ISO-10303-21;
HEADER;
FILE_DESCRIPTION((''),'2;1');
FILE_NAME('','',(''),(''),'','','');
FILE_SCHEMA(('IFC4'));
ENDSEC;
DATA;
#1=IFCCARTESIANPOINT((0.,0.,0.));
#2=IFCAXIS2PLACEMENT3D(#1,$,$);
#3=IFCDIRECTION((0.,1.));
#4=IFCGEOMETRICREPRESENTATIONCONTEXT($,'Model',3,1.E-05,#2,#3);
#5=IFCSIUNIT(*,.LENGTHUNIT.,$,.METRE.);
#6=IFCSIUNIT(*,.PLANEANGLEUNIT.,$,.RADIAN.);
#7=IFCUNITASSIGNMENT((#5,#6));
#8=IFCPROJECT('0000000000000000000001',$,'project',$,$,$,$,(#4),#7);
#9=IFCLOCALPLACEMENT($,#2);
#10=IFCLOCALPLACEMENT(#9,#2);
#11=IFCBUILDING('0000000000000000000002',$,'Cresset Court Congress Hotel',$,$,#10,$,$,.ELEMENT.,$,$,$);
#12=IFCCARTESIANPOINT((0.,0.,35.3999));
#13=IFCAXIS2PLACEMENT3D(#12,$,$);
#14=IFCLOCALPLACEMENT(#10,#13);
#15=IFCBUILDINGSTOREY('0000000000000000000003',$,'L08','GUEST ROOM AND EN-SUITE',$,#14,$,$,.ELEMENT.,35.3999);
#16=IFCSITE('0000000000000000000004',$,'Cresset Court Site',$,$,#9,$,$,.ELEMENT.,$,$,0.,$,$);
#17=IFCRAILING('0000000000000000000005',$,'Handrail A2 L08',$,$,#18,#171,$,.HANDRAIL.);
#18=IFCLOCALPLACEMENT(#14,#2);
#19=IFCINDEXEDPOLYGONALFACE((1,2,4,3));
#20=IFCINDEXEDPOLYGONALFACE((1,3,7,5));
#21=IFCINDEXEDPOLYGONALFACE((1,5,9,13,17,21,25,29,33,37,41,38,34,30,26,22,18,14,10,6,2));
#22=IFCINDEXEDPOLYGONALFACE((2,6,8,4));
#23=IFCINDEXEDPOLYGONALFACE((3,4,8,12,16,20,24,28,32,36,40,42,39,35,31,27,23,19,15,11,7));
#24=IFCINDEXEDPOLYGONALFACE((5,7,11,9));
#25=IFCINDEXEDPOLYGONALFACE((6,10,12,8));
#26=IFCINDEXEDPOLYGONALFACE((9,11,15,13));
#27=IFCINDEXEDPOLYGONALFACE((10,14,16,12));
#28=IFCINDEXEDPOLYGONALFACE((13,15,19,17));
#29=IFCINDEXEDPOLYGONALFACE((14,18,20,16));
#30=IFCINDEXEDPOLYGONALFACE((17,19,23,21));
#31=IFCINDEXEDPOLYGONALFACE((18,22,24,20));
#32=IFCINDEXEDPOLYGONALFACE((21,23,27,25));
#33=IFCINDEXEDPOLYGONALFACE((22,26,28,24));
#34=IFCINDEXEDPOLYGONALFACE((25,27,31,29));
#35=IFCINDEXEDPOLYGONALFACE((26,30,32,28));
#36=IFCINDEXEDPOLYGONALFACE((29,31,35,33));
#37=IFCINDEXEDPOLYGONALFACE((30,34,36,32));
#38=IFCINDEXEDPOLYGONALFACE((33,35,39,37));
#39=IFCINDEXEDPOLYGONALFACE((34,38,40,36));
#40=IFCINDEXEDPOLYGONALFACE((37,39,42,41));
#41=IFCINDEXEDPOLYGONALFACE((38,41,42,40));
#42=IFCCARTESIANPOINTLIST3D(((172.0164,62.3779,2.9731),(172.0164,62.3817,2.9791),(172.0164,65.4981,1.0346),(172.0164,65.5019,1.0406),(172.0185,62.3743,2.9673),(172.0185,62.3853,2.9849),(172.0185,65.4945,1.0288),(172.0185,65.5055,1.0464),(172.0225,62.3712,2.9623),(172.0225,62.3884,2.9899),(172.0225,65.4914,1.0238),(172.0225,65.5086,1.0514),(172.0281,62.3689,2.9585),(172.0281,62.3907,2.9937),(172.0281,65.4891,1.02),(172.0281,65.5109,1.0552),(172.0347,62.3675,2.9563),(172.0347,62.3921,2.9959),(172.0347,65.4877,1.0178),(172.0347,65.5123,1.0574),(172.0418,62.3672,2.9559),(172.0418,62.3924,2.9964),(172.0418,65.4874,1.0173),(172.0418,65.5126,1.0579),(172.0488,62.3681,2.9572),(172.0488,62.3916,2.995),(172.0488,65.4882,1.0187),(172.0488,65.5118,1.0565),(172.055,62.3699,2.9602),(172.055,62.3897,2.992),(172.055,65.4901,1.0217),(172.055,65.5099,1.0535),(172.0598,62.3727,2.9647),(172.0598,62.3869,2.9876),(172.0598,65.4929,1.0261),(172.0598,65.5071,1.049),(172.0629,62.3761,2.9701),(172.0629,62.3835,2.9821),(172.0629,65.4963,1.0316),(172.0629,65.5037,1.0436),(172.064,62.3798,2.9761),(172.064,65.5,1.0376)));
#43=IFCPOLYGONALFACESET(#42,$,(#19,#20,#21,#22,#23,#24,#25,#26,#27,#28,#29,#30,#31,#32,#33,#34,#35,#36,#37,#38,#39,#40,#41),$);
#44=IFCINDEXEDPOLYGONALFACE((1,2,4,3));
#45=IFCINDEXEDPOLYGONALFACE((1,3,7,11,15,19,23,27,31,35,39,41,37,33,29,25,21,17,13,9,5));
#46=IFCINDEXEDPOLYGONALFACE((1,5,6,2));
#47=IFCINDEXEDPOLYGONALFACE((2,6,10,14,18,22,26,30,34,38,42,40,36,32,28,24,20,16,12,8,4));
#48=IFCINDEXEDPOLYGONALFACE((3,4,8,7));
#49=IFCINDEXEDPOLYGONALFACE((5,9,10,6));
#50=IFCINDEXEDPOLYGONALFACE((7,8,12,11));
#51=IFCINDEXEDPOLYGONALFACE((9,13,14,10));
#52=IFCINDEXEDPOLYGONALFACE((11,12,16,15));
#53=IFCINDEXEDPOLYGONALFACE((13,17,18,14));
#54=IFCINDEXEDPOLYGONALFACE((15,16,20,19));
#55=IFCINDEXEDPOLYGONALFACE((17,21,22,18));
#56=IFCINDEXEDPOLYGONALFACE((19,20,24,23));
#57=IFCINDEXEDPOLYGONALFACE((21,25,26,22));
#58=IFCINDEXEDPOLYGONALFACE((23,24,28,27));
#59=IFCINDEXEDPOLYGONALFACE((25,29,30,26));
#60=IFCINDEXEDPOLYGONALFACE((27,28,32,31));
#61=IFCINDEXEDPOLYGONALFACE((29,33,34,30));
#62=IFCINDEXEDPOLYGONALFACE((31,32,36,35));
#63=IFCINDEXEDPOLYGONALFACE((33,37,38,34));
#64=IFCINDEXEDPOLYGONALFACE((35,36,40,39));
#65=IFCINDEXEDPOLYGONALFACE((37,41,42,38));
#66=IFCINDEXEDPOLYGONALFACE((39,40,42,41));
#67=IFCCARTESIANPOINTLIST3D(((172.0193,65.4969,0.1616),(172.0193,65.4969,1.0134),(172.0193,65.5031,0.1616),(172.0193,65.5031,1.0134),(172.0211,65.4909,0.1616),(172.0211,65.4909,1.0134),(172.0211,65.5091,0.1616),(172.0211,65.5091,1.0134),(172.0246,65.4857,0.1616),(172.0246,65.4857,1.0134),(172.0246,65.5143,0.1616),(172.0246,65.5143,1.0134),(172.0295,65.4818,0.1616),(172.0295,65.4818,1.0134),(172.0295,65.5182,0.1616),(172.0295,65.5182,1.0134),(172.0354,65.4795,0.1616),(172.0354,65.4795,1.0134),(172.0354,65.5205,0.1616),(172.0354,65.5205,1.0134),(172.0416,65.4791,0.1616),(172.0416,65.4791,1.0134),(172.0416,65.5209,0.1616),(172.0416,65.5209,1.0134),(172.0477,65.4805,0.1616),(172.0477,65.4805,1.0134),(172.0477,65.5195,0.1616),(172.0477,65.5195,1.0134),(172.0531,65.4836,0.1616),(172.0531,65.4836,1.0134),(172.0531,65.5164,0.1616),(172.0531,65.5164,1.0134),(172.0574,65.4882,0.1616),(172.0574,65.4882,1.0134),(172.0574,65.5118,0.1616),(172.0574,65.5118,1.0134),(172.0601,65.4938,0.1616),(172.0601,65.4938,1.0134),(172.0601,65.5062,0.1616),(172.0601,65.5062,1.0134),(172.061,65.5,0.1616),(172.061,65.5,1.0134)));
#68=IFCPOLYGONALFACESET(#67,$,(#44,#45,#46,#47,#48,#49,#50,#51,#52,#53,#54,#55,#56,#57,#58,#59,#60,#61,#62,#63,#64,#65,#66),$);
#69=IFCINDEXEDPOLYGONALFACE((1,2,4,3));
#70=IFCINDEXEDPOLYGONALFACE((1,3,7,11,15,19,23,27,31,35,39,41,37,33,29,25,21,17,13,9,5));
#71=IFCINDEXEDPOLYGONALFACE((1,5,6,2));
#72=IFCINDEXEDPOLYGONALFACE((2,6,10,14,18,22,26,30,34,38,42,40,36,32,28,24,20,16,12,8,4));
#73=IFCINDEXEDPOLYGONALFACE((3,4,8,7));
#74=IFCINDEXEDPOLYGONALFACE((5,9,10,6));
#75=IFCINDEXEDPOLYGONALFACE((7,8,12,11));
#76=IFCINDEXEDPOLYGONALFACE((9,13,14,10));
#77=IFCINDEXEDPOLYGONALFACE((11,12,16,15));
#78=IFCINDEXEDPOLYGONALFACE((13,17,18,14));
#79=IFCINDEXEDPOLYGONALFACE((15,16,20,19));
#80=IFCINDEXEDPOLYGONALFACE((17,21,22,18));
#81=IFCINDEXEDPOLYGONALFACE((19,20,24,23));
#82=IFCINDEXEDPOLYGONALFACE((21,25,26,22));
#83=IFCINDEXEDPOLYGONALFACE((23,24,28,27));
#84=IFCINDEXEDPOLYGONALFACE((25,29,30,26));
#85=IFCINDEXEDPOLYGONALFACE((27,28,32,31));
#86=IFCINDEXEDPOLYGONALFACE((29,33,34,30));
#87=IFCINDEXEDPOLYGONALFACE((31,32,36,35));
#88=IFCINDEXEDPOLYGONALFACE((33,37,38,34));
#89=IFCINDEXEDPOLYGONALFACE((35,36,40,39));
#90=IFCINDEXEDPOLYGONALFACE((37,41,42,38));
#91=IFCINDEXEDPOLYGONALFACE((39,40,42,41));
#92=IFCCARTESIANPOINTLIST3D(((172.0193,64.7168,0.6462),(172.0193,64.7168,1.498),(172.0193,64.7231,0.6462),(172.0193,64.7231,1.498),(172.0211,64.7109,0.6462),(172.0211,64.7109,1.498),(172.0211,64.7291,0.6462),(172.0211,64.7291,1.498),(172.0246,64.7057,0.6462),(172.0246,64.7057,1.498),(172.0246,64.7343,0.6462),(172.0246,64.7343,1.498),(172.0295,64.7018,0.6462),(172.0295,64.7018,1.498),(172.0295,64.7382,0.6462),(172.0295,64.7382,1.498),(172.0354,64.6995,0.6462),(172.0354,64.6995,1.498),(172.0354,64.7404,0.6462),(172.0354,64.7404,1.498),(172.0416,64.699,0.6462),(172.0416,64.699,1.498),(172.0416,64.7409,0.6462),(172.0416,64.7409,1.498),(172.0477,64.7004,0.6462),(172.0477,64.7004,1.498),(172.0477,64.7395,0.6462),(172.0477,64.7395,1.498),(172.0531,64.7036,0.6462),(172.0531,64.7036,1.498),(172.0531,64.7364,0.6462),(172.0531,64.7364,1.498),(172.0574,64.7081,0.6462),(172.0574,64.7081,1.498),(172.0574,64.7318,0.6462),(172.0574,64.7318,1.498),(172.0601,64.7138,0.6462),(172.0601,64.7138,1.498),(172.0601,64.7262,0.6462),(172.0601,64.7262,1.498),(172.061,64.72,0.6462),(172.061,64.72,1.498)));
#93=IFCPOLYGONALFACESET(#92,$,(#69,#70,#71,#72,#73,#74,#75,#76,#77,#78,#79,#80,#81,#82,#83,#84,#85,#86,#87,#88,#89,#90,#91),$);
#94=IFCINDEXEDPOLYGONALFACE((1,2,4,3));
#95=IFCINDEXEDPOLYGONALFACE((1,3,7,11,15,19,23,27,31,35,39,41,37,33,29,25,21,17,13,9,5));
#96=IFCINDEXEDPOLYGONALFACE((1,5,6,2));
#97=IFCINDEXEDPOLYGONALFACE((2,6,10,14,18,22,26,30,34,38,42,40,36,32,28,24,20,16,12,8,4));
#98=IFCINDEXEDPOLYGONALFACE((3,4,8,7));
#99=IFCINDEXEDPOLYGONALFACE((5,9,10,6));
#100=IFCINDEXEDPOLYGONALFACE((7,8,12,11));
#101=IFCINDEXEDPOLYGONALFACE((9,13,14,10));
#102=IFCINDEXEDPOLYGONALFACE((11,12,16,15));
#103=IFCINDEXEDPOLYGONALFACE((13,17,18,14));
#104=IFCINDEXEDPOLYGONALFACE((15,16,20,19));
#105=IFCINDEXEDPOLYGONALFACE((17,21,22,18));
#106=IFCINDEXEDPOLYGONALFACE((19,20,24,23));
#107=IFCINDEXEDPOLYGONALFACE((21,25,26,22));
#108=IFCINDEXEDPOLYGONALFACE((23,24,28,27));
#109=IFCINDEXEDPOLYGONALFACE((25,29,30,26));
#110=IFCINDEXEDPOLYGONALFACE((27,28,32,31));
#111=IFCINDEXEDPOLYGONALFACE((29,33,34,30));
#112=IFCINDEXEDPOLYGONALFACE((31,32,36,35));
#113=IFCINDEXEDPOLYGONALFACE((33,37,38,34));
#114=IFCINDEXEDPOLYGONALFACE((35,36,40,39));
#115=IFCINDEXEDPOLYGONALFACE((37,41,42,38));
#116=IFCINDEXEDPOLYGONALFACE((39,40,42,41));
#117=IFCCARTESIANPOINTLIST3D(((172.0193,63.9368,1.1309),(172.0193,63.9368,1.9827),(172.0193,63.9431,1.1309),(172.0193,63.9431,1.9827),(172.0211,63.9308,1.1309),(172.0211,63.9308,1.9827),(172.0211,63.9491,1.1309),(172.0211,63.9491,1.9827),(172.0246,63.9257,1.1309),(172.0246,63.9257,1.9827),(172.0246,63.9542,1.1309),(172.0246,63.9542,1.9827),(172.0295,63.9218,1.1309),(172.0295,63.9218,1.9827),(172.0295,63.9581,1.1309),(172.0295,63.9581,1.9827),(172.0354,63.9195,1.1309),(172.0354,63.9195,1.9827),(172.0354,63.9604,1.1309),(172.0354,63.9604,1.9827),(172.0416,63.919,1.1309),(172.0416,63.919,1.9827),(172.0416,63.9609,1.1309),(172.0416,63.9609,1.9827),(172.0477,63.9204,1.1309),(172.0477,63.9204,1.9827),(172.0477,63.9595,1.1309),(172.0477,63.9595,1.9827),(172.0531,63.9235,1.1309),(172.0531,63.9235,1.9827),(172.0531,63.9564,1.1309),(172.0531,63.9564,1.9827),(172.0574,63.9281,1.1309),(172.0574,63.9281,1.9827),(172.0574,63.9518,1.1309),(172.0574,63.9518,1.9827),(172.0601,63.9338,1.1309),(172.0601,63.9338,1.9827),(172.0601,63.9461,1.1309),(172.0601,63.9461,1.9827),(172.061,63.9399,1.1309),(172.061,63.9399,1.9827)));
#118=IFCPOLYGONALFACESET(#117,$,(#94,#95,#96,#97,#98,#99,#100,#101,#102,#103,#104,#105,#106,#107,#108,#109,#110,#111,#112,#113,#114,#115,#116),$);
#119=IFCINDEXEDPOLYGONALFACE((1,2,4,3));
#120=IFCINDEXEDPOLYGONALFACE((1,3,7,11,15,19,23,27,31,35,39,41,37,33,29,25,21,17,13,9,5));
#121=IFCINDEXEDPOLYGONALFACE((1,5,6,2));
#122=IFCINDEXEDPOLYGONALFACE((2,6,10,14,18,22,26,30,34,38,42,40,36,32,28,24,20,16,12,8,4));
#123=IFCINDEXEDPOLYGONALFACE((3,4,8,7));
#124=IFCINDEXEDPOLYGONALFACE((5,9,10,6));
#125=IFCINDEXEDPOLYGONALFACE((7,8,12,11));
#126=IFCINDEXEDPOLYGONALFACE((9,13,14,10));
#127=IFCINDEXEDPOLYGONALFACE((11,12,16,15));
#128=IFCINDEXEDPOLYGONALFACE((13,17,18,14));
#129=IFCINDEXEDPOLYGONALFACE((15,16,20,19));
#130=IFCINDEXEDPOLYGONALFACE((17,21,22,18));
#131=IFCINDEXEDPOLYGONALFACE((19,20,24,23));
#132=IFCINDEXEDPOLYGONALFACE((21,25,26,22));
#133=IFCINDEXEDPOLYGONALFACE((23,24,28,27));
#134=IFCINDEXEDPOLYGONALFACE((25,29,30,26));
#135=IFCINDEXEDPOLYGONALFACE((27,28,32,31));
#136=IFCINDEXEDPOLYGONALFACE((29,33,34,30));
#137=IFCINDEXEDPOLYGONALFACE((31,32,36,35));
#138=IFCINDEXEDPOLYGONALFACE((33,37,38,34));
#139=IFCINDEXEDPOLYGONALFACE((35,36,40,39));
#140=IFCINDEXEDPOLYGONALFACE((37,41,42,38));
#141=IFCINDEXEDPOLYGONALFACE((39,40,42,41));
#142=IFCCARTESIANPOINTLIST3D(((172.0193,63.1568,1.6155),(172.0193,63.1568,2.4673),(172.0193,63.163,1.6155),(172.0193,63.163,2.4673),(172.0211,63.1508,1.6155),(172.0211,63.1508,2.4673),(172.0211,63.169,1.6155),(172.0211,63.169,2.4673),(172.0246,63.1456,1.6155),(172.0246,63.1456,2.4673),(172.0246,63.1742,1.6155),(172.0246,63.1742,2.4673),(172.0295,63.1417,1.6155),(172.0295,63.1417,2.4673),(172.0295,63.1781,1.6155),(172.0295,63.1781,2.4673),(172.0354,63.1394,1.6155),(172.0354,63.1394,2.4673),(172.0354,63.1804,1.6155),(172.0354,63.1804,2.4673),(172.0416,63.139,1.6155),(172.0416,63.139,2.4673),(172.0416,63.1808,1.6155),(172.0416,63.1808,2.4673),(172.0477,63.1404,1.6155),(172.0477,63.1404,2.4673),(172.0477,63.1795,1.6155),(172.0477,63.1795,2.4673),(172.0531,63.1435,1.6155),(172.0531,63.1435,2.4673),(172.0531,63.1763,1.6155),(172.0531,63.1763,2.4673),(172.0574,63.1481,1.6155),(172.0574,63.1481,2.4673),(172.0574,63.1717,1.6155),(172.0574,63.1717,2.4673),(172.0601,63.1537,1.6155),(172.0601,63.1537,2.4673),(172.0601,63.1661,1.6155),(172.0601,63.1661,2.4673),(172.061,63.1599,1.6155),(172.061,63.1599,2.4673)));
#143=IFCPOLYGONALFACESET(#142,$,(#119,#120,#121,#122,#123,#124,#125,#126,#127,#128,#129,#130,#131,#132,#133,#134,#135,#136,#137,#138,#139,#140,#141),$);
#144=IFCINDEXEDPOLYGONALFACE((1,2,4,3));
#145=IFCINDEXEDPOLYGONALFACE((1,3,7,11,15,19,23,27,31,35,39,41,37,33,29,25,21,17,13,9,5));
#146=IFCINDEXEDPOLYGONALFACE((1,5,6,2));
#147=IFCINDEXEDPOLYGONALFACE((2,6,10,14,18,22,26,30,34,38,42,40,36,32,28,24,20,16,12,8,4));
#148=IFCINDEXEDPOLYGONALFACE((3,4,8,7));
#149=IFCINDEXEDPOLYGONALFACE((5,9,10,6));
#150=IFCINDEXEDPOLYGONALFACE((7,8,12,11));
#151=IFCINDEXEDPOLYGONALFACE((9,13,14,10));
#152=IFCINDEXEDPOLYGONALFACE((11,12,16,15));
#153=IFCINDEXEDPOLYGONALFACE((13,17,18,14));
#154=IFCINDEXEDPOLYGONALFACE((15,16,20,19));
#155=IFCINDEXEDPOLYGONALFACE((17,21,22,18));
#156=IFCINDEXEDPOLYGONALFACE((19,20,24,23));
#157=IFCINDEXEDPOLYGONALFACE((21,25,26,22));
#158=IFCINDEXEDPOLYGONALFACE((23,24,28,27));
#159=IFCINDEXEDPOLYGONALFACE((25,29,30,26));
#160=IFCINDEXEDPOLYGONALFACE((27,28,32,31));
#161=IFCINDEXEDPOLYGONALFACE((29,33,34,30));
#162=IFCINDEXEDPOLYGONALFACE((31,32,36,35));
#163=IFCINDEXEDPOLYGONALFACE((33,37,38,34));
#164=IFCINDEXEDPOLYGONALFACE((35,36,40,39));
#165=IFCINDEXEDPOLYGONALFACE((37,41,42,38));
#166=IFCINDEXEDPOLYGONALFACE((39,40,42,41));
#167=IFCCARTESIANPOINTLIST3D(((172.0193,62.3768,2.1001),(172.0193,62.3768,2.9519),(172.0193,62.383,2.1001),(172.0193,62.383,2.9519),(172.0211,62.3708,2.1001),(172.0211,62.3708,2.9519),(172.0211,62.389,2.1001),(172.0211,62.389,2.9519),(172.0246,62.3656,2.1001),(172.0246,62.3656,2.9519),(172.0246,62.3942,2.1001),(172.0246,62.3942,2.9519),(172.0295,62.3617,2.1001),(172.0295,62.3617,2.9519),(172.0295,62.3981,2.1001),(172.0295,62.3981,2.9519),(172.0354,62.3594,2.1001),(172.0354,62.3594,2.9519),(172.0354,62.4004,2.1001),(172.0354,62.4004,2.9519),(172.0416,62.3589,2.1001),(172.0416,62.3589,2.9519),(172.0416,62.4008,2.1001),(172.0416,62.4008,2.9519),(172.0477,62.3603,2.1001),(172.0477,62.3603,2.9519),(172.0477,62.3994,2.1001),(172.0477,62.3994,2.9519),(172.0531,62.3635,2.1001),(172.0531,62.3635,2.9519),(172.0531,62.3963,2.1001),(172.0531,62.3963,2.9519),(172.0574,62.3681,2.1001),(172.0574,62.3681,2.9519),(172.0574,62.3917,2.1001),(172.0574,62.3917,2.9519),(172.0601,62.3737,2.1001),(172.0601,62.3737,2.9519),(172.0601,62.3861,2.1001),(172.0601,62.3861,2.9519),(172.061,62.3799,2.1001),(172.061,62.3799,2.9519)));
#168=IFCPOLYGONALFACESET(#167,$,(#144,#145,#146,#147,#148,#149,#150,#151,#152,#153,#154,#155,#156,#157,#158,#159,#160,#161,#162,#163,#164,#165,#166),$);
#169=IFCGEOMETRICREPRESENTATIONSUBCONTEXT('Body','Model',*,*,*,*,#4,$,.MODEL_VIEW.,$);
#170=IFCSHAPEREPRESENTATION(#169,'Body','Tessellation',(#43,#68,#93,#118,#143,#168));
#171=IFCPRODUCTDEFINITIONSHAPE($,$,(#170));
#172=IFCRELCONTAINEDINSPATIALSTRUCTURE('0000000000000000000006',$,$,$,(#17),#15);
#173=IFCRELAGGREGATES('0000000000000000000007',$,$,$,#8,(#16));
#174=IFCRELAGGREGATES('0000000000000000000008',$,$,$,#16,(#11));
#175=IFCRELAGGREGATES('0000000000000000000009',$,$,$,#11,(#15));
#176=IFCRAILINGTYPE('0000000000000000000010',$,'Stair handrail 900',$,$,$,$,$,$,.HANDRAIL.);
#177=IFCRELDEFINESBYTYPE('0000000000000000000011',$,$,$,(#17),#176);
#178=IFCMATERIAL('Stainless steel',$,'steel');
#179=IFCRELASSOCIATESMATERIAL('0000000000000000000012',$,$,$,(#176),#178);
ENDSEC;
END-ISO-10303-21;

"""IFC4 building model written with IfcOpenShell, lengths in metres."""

from ifc_helpers import new_model, si_unit, direction, frame, origin, origin_2d, place, context, subcontext, project, spatial, circle, extrude, material, type_object, element, save


model = new_model("IFC4")

# Units and contexts
model_context = context("Model", 3, precision=1e-05, world=origin(), true_north=direction((0.0, 1.0)))
body_context = subcontext(model_context, "Body", "Model", "MODEL_VIEW")
ifc_project = project(units=[si_unit("LENGTHUNIT", "METRE"), si_unit("PLANEANGLEUNIT", "RADIAN")], contexts=[model_context])

# Site, building, storey
site_placement = place(None, origin())
site = spatial("IfcSite", under=ifc_project, at=site_placement, Name="Cresset Court Site", CompositionType="ELEMENT", RefElevation=0.0)
building_placement = place(site_placement, origin())
building = spatial("IfcBuilding", under=site, at=building_placement, Name="Cresset Court Congress Hotel", CompositionType="ELEMENT")
storey_placement = place(building_placement, frame((0.0, 0.0, 35.3999)))
storey = spatial("IfcBuildingStorey", under=building, at=storey_placement, Name="L08", Description="GUEST ROOM AND EN-SUITE", CompositionType="ELEMENT", Elevation=35.3999)

# Railing
ifc_material_1 = material(Name="Stainless steel", Category="steel")
railing_type_1 = type_object("IfcRailingType", Name="Stair handrail 900", PredefinedType="HANDRAIL", material=ifc_material_1)
for number, where, name in (
    (1, (172.04, 65.5, 0.1616), "Handrail A2 L08"),
):
    element("IfcRailing", number, at=place(storey_placement, frame(where)), inside=storey, type_object=railing_type_1, Name=name, PredefinedType="HANDRAIL", context=body_context, shape_type="SweptSolid", body=[
        extrude(circle(Radius=0.0239, at=origin_2d()), frame((0.0, 0.0, 0.876), z_axis=(0.0, -0.849414, 0.527727), x_axis=(1.0, 0.0, 0.0)), (0.0, 0.0, 1.0), 3.6733),
        extrude(circle(Radius=0.021, at=origin_2d()), origin(), (0.0, 0.0, 1.0), 0.8518),
        extrude(circle(Radius=0.021, at=origin_2d()), frame((0.0, -0.78, 0.4846)), (0.0, 0.0, 1.0), 0.8518),
        extrude(circle(Radius=0.021, at=origin_2d()), frame((0.0, -1.5601, 0.9692)), (0.0, 0.0, 1.0), 0.8518),
        extrude(circle(Radius=0.021, at=origin_2d()), frame((0.0, -2.3401, 1.4539)), (0.0, 0.0, 1.0), 0.8518),
        extrude(circle(Radius=0.021, at=origin_2d()), frame((0.0, -3.1201, 1.9385)), (0.0, 0.0, 1.0), 0.8518),
    ])

save(model, "model.ifc")
